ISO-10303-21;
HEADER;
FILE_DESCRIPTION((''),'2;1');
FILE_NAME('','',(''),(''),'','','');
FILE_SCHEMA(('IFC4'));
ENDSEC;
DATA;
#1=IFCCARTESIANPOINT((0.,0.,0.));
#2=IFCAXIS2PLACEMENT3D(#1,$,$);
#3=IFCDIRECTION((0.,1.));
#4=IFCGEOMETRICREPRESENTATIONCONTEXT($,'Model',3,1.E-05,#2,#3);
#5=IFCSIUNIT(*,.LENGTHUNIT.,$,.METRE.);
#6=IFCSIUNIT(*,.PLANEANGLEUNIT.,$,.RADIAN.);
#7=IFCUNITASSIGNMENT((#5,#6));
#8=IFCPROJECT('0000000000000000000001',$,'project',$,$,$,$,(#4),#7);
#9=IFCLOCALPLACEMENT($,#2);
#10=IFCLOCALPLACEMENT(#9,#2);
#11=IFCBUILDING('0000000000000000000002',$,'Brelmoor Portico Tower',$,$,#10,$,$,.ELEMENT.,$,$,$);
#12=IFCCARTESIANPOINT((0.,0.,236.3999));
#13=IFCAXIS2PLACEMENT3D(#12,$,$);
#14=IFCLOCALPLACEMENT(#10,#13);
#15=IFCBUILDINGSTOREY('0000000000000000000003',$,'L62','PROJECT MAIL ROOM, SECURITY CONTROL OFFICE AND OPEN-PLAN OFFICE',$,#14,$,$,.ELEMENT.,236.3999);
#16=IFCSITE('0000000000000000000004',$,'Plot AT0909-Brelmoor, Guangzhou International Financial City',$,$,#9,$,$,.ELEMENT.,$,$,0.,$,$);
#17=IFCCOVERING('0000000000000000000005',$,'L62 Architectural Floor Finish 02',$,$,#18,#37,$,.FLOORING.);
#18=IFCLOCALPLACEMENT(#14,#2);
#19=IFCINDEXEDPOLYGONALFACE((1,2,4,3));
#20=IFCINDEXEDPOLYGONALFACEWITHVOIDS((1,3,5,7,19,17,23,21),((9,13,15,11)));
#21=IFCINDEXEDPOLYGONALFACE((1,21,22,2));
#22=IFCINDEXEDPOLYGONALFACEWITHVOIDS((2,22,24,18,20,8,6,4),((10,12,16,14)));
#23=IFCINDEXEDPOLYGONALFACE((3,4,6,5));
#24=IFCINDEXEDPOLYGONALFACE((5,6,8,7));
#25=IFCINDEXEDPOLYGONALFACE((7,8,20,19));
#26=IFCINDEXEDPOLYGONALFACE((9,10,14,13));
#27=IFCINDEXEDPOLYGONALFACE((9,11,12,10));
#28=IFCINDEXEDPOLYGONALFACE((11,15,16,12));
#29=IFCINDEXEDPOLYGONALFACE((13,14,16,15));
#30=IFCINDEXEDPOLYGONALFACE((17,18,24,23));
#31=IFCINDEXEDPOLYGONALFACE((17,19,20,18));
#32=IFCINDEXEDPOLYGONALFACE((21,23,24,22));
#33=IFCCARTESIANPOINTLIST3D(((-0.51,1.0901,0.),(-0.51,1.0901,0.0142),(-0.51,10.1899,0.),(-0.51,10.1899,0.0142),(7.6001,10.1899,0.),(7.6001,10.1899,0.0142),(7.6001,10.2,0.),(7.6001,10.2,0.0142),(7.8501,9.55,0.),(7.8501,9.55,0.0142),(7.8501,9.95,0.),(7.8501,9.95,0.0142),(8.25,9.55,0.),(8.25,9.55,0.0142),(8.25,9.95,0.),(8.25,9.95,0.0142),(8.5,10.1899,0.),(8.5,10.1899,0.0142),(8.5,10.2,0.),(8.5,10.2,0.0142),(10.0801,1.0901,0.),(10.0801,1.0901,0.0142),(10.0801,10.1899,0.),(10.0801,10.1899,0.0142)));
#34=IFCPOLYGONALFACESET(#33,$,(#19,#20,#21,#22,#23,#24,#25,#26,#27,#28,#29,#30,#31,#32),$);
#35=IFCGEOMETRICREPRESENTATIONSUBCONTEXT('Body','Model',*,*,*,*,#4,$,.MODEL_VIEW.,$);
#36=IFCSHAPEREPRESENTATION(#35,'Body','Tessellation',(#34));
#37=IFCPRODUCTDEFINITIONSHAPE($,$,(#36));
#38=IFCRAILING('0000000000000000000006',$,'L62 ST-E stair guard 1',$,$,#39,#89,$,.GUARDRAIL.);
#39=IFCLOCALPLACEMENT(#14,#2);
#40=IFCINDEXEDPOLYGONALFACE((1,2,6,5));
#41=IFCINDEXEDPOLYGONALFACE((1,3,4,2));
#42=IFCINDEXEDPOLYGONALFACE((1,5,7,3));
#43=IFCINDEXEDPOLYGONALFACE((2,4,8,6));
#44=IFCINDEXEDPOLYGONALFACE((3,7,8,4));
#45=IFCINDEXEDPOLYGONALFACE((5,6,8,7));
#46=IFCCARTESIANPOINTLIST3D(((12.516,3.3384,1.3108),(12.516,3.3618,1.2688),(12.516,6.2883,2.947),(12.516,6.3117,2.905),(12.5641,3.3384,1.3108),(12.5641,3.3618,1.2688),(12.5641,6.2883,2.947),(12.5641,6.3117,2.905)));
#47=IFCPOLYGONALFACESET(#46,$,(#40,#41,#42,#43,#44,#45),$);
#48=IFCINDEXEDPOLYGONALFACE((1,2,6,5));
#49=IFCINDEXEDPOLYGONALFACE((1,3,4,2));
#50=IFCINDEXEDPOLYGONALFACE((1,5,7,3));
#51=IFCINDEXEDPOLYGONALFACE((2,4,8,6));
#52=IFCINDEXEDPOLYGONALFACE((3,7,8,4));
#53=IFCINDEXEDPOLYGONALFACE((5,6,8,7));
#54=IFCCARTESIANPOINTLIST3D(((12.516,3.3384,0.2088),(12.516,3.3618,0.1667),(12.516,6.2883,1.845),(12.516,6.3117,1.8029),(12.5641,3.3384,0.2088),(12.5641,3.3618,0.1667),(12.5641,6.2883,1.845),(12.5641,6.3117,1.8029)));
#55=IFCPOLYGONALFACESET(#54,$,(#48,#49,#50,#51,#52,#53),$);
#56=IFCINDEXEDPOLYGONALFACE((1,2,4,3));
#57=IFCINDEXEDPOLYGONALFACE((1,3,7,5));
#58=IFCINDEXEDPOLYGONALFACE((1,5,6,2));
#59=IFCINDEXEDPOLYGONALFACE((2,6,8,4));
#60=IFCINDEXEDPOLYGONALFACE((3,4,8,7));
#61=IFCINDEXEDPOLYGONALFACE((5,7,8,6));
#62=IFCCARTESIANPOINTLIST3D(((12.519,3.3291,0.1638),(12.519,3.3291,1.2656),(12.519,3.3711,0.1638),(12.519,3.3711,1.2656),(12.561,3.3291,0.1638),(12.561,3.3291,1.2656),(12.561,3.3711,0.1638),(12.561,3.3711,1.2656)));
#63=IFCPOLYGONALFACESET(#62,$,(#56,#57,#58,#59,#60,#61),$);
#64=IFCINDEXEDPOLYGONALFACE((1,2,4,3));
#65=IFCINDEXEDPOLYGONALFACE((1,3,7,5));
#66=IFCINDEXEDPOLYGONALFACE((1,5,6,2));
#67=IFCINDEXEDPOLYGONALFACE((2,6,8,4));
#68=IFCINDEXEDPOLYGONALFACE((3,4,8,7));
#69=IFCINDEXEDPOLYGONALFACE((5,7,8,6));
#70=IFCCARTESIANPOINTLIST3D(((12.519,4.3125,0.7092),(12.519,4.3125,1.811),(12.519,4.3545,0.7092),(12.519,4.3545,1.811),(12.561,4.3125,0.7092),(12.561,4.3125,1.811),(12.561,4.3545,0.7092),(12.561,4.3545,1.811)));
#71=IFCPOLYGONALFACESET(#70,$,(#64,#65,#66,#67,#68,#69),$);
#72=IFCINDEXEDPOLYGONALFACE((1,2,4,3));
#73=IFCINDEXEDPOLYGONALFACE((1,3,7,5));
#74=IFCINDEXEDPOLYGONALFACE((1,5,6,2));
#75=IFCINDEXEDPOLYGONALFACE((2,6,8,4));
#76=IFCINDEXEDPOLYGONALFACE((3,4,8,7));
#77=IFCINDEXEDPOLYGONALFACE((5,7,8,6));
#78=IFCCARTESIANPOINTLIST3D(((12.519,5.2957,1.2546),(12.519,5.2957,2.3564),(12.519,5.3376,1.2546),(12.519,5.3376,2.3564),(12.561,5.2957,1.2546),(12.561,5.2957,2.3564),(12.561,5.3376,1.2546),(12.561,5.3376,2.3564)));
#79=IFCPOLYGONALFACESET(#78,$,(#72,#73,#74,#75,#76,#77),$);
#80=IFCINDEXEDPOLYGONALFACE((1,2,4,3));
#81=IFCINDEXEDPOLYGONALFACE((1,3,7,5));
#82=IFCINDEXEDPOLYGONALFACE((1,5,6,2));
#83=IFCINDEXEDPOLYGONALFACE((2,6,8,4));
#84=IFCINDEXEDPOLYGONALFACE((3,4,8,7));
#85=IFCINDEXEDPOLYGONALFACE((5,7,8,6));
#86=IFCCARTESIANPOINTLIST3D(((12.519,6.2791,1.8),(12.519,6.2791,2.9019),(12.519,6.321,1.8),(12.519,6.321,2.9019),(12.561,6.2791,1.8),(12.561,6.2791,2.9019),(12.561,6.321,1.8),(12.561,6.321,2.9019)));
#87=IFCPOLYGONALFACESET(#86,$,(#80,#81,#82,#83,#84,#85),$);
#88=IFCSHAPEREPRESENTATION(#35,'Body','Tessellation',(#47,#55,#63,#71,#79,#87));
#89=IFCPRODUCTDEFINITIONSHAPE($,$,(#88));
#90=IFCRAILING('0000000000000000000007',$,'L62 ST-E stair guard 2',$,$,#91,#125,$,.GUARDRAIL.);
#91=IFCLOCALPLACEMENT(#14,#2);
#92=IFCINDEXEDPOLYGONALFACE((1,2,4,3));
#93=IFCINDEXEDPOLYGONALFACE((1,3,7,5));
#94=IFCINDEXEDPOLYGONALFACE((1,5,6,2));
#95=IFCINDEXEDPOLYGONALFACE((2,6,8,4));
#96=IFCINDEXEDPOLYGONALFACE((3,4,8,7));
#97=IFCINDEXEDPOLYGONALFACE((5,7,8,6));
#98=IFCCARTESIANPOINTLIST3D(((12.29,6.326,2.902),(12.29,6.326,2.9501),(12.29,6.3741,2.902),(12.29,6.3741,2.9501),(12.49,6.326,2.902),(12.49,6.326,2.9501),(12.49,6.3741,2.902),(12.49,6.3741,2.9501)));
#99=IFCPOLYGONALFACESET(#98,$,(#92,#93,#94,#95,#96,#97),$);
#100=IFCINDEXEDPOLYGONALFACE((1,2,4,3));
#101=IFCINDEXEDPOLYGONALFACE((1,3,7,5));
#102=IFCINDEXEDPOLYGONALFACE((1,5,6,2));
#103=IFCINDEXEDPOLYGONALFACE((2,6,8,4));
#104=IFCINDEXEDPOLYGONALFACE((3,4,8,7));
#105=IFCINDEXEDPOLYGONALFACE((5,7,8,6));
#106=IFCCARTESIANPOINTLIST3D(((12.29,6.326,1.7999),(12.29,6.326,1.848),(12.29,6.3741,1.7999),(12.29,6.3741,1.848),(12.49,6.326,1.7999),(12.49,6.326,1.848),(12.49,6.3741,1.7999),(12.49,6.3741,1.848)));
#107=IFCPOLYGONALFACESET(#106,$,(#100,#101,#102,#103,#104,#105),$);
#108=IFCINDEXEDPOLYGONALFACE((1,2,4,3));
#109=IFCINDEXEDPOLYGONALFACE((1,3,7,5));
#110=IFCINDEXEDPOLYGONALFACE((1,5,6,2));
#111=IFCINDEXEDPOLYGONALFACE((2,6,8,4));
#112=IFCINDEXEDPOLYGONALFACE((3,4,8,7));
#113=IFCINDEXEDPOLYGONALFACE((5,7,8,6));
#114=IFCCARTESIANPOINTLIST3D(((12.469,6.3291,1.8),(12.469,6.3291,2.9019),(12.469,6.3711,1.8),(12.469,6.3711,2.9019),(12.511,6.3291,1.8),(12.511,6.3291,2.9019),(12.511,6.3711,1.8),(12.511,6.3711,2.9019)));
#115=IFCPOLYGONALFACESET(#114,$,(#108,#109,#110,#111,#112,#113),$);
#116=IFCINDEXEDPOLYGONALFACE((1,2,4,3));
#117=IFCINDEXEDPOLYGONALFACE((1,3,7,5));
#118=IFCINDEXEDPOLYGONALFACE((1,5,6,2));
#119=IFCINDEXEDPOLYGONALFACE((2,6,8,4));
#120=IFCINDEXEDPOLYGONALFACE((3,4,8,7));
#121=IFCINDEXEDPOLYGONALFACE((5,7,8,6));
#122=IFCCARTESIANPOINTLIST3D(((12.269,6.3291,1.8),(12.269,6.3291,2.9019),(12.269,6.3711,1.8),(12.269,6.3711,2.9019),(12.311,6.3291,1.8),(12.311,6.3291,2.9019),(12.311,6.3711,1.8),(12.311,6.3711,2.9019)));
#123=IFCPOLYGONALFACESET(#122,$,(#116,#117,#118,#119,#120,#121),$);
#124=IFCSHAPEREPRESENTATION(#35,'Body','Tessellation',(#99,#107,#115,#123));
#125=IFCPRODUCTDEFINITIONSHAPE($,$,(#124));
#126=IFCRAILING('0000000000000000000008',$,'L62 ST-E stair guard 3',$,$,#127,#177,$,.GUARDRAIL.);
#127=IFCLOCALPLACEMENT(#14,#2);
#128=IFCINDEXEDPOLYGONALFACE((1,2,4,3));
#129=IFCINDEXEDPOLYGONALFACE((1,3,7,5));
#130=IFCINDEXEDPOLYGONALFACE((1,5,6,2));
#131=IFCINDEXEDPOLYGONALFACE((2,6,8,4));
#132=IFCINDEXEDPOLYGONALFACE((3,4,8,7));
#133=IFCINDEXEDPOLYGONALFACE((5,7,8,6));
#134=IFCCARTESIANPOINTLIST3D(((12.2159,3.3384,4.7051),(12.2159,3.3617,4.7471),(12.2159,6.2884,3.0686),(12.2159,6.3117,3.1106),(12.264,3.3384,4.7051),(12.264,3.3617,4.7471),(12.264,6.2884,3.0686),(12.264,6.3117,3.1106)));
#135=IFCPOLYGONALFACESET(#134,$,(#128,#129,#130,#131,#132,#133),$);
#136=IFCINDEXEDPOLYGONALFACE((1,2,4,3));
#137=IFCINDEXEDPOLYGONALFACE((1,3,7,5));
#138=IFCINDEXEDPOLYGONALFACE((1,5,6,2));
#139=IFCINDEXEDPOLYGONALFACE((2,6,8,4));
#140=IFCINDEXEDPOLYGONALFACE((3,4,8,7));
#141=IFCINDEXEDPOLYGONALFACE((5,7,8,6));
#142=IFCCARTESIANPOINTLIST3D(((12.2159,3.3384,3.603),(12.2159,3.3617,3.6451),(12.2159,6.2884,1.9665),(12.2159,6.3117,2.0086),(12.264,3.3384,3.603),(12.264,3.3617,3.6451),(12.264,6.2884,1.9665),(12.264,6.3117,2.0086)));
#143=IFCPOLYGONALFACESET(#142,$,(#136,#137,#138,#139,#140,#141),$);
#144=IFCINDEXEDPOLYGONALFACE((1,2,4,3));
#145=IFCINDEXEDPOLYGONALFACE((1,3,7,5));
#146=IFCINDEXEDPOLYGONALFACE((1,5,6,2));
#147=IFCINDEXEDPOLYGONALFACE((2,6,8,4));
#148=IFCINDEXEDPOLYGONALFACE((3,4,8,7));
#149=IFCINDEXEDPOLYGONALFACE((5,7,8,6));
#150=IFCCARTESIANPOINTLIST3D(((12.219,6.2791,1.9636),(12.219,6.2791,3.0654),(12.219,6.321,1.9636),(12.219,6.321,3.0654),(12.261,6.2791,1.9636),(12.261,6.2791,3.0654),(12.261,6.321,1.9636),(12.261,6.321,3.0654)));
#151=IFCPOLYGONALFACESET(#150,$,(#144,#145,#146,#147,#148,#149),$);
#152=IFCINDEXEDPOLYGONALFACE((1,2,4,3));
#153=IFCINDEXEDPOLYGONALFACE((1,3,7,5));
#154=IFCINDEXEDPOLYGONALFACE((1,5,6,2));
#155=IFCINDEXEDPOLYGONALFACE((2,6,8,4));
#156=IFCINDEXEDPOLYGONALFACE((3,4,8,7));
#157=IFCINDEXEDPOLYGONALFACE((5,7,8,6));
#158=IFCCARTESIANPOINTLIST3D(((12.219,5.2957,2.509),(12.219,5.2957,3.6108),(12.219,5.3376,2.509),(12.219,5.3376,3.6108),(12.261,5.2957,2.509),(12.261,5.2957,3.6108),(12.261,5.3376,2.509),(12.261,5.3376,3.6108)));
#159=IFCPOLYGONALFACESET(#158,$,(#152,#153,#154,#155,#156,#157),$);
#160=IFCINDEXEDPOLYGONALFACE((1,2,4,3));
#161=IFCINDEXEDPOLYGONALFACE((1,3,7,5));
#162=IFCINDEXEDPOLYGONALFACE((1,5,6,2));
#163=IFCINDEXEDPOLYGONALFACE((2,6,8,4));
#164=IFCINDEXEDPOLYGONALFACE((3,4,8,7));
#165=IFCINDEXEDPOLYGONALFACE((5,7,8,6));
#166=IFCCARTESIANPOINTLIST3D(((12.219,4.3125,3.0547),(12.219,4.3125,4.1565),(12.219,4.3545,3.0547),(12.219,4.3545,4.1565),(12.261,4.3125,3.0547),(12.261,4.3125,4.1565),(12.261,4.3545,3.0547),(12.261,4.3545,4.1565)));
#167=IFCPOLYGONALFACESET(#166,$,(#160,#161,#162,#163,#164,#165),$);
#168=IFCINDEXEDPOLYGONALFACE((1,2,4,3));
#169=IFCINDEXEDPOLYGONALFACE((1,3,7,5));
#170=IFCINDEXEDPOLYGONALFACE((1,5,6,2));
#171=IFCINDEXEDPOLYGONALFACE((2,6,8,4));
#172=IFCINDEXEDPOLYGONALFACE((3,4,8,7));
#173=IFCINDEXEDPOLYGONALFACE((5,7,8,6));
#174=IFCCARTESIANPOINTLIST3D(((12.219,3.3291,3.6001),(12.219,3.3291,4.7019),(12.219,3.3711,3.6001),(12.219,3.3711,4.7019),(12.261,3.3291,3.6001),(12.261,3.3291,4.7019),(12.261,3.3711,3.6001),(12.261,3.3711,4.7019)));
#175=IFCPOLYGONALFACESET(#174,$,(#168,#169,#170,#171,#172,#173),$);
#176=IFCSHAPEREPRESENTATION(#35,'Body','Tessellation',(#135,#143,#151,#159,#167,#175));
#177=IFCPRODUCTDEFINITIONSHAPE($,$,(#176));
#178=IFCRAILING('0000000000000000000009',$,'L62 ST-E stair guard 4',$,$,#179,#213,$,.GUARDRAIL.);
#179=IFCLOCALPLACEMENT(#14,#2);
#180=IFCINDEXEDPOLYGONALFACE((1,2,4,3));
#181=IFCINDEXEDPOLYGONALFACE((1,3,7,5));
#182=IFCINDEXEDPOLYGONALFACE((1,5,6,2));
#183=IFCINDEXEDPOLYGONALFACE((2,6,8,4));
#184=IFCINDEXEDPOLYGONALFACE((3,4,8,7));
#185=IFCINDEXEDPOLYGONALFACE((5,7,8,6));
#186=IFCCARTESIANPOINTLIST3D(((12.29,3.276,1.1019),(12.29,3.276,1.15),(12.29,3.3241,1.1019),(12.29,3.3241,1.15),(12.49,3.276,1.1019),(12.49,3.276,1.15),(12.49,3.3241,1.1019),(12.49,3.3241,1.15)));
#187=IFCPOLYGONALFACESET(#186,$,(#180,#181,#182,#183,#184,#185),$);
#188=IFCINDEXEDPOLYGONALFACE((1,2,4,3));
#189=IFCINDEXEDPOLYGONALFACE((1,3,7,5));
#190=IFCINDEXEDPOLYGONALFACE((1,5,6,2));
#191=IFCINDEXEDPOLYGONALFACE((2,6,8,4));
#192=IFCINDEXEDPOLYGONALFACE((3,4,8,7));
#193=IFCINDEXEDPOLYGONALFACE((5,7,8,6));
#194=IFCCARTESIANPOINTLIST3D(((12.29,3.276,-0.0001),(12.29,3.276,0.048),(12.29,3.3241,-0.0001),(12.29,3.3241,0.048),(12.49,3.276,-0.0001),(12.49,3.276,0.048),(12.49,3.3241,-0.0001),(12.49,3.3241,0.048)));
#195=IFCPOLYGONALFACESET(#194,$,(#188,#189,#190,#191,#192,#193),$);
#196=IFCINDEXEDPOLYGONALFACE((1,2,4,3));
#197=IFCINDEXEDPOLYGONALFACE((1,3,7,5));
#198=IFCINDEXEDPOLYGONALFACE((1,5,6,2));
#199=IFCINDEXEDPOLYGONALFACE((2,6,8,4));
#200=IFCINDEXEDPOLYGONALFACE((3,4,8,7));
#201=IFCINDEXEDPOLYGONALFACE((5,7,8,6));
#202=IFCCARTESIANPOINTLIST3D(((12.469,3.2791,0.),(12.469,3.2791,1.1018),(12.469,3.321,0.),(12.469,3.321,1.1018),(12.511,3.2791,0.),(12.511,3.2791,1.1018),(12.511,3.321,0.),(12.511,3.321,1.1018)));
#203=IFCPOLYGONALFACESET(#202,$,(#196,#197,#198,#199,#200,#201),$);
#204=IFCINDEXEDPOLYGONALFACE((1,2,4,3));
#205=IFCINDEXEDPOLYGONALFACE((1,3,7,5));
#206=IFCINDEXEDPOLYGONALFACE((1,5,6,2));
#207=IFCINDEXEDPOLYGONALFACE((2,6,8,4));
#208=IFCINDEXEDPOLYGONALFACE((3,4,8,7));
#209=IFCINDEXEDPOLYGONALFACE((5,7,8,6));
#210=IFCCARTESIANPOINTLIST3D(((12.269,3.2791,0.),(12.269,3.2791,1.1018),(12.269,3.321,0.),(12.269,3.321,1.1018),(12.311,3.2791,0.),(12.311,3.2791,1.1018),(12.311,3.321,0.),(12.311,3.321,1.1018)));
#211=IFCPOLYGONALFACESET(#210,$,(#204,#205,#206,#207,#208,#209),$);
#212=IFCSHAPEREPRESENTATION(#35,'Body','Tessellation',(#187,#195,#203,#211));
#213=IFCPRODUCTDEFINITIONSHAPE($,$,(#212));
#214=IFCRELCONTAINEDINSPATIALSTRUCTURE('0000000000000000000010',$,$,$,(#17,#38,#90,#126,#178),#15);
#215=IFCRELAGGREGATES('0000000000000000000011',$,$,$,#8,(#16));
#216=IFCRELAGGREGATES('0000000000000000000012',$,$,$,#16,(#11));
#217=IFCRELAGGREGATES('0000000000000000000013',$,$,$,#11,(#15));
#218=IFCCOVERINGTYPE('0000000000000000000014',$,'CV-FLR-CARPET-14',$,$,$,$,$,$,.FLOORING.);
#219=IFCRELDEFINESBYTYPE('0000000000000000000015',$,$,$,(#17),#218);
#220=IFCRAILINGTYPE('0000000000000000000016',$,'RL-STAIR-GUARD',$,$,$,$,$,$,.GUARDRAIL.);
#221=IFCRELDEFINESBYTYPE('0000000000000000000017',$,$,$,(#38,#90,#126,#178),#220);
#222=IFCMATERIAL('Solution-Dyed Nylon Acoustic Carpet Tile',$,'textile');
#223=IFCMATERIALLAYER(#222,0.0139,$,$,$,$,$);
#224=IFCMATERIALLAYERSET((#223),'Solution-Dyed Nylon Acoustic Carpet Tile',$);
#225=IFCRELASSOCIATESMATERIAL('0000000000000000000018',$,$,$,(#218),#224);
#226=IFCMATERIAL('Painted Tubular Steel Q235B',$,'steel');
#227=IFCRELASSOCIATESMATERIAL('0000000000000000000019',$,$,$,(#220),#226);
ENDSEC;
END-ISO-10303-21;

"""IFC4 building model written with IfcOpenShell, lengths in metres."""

from ifc_helpers import new_model, si_unit, direction, frame, origin, origin_2d, place, context, subcontext, project, spatial, polyline, rectangle, outline, extrude, material, layer, layer_set, type_object, element, save


model = new_model("IFC4")

# Units and contexts
model_context = context("Model", 3, precision=1e-05, world=origin(), true_north=direction((0.0, 1.0)))
body_context = subcontext(model_context, "Body", "Model", "MODEL_VIEW")
ifc_project = project(units=[si_unit("LENGTHUNIT", "METRE"), si_unit("PLANEANGLEUNIT", "RADIAN")], contexts=[model_context])

# Site, building, storey
site_placement = place(None, origin())
site = spatial("IfcSite", under=ifc_project, at=site_placement, Name="Plot AT0909-Brelmoor, Guangzhou International Financial City", CompositionType="ELEMENT", RefElevation=0.0)
building_placement = place(site_placement, origin())
building = spatial("IfcBuilding", under=site, at=building_placement, Name="Brelmoor Portico Tower", CompositionType="ELEMENT")
storey_placement = place(building_placement, frame((0.0, 0.0, 236.3999)))
storey = spatial("IfcBuildingStorey", under=building, at=storey_placement, Name="L62", Description="PROJECT MAIL ROOM, SECURITY CONTROL OFFICE AND OPEN-PLAN OFFICE", CompositionType="ELEMENT", Elevation=236.3999)

# Covering
ifc_material_1 = material(Name="Solution-Dyed Nylon Acoustic Carpet Tile", Category="textile")
ifc_layer_1 = layer(ifc_material_1, 0.0139)
ifc_layer_set_1 = layer_set([ifc_layer_1], Name="Solution-Dyed Nylon Acoustic Carpet Tile")
covering_type_1 = type_object("IfcCoveringType", Name="CV-FLR-CARPET-14", PredefinedType="FLOORING", material=ifc_layer_set_1)
covering_1_placement = place(storey_placement, origin())
element("IfcCovering", 1, at=covering_1_placement, inside=storey, type_object=covering_type_1, Name="L62 Architectural Floor Finish 02", PredefinedType="FLOORING", context=body_context, shape_type="SweptSolid", body=[
    extrude(outline(polyline([(-0.51, 10.1899), (7.6001, 10.1899), (7.6001, 10.2), (8.5, 10.2), (8.5, 10.1899), (10.0801, 10.1899), (10.0801, 1.0901), (-0.51, 1.0901), (-0.51, 10.1899)]), holes=[polyline([(8.25, 9.55), (8.25, 9.95), (7.8501, 9.95), (7.8501, 9.55), (8.25, 9.55)])]), origin(), (0.0, 0.0, 1.0), 0.0142),
])

# Railings
ifc_material_2 = material(Name="Painted Tubular Steel Q235B", Category="steel")
railing_type_1 = type_object("IfcRailingType", Name="RL-STAIR-GUARD", PredefinedType="GUARDRAIL", material=ifc_material_2)
railing_1_placement = place(storey_placement, frame((12.54, 3.3501, 0.1638)))
element("IfcRailing", 2, at=railing_1_placement, inside=storey, type_object=railing_type_1, Name="L62 ST-E stair guard 1", PredefinedType="GUARDRAIL", context=body_context, shape_type="SweptSolid", body=[
    extrude(rectangle(XDim=0.0481, YDim=0.0481, at=origin_2d()), frame((0.0, 0.0, 1.126), z_axis=(0.0, 0.874488, 0.485047), x_axis=(-1.0, 0.0, 0.0)), (0.0, 0.0, 1.0), 3.3733),
    extrude(rectangle(XDim=0.0481, YDim=0.0481, at=origin_2d()), frame((0.0, 0.0, 0.0239), z_axis=(0.0, 0.874488, 0.485047), x_axis=(-1.0, 0.0, 0.0)), (0.0, 0.0, 1.0), 3.3733),
    extrude(rectangle(XDim=0.042, YDim=0.042, at=origin_2d()), origin(), (0.0, 0.0, 1.0), 1.1018),
    extrude(rectangle(XDim=0.042, YDim=0.042, at=origin_2d()), frame((0.0, 0.9834, 0.5454)), (0.0, 0.0, 1.0), 1.1018),
    extrude(rectangle(XDim=0.042, YDim=0.042, at=origin_2d()), frame((0.0, 1.9666, 1.0908)), (0.0, 0.0, 1.0), 1.1018),
    extrude(rectangle(XDim=0.042, YDim=0.042, at=origin_2d()), frame((0.0, 2.95, 1.6362)), (0.0, 0.0, 1.0), 1.1018),
])
railing_2_placement = place(storey_placement, frame((12.49, 6.3501, 1.8)))
element("IfcRailing", 3, at=railing_2_placement, inside=storey, type_object=railing_type_1, Name="L62 ST-E stair guard 2", PredefinedType="GUARDRAIL", context=body_context, shape_type="SweptSolid", body=[
    extrude(rectangle(XDim=0.0481, YDim=0.0481, at=origin_2d()), frame((0.0, 0.0, 1.126), z_axis=(-1.0, 0.0, 0.0), x_axis=(0.0, -1.0, 0.0)), (0.0, 0.0, 1.0), 0.2),
    extrude(rectangle(XDim=0.0481, YDim=0.0481, at=origin_2d()), frame((0.0, 0.0, 0.0239), z_axis=(-1.0, 0.0, 0.0), x_axis=(0.0, -1.0, 0.0)), (0.0, 0.0, 1.0), 0.2),
    extrude(rectangle(XDim=0.042, YDim=0.042, at=origin_2d()), origin(), (0.0, 0.0, 1.0), 1.1018),
    extrude(rectangle(XDim=0.042, YDim=0.042, at=origin_2d()), frame((-0.2, 0.0, 0.0)), (0.0, 0.0, 1.0), 1.1018),
])
railing_3_placement = place(storey_placement, frame((12.24, 6.3, 1.9636)))
element("IfcRailing", 4, at=railing_3_placement, inside=storey, type_object=railing_type_1, Name="L62 ST-E stair guard 3", PredefinedType="GUARDRAIL", context=body_context, shape_type="SweptSolid", body=[
    extrude(rectangle(XDim=0.0481, YDim=0.0481, at=origin_2d()), frame((0.0, 0.0, 1.126), z_axis=(0.0, -0.874458, 0.485102), x_axis=(1.0, 0.0, 0.0)), (0.0, 0.0, 1.0), 3.3735),
    extrude(rectangle(XDim=0.0481, YDim=0.0481, at=origin_2d()), frame((0.0, 0.0, 0.0239), z_axis=(0.0, -0.874458, 0.485102), x_axis=(1.0, 0.0, 0.0)), (0.0, 0.0, 1.0), 3.3735),
    extrude(rectangle(XDim=0.042, YDim=0.042, at=origin_2d()), origin(), (0.0, 0.0, 1.0), 1.1018),
    extrude(rectangle(XDim=0.042, YDim=0.042, at=origin_2d()), frame((0.0, -0.9834, 0.5454)), (0.0, 0.0, 1.0), 1.1018),
    extrude(rectangle(XDim=0.042, YDim=0.042, at=origin_2d()), frame((0.0, -1.9666, 1.0911)), (0.0, 0.0, 1.0), 1.1018),
    extrude(rectangle(XDim=0.042, YDim=0.042, at=origin_2d()), frame((0.0, -2.95, 1.6365)), (0.0, 0.0, 1.0), 1.1018),
])
railing_4_placement = place(storey_placement, frame((12.49, 3.3, 0.0)))
element("IfcRailing", 5, at=railing_4_placement, inside=storey, type_object=railing_type_1, Name="L62 ST-E stair guard 4", PredefinedType="GUARDRAIL", context=body_context, shape_type="SweptSolid", body=[
    extrude(rectangle(XDim=0.0481, YDim=0.0481, at=origin_2d()), frame((0.0, 0.0, 1.126), z_axis=(-1.0, 0.0, 0.0), x_axis=(0.0, -1.0, 0.0)), (0.0, 0.0, 1.0), 0.2),
    extrude(rectangle(XDim=0.0481, YDim=0.0481, at=origin_2d()), frame((0.0, 0.0, 0.0239), z_axis=(-1.0, 0.0, 0.0), x_axis=(0.0, -1.0, 0.0)), (0.0, 0.0, 1.0), 0.2),
    extrude(rectangle(XDim=0.042, YDim=0.042, at=origin_2d()), origin(), (0.0, 0.0, 1.0), 1.1018),
    extrude(rectangle(XDim=0.042, YDim=0.042, at=origin_2d()), frame((-0.2, 0.0, 0.0)), (0.0, 0.0, 1.0), 1.1018),
])

save(model, "model.ifc")
